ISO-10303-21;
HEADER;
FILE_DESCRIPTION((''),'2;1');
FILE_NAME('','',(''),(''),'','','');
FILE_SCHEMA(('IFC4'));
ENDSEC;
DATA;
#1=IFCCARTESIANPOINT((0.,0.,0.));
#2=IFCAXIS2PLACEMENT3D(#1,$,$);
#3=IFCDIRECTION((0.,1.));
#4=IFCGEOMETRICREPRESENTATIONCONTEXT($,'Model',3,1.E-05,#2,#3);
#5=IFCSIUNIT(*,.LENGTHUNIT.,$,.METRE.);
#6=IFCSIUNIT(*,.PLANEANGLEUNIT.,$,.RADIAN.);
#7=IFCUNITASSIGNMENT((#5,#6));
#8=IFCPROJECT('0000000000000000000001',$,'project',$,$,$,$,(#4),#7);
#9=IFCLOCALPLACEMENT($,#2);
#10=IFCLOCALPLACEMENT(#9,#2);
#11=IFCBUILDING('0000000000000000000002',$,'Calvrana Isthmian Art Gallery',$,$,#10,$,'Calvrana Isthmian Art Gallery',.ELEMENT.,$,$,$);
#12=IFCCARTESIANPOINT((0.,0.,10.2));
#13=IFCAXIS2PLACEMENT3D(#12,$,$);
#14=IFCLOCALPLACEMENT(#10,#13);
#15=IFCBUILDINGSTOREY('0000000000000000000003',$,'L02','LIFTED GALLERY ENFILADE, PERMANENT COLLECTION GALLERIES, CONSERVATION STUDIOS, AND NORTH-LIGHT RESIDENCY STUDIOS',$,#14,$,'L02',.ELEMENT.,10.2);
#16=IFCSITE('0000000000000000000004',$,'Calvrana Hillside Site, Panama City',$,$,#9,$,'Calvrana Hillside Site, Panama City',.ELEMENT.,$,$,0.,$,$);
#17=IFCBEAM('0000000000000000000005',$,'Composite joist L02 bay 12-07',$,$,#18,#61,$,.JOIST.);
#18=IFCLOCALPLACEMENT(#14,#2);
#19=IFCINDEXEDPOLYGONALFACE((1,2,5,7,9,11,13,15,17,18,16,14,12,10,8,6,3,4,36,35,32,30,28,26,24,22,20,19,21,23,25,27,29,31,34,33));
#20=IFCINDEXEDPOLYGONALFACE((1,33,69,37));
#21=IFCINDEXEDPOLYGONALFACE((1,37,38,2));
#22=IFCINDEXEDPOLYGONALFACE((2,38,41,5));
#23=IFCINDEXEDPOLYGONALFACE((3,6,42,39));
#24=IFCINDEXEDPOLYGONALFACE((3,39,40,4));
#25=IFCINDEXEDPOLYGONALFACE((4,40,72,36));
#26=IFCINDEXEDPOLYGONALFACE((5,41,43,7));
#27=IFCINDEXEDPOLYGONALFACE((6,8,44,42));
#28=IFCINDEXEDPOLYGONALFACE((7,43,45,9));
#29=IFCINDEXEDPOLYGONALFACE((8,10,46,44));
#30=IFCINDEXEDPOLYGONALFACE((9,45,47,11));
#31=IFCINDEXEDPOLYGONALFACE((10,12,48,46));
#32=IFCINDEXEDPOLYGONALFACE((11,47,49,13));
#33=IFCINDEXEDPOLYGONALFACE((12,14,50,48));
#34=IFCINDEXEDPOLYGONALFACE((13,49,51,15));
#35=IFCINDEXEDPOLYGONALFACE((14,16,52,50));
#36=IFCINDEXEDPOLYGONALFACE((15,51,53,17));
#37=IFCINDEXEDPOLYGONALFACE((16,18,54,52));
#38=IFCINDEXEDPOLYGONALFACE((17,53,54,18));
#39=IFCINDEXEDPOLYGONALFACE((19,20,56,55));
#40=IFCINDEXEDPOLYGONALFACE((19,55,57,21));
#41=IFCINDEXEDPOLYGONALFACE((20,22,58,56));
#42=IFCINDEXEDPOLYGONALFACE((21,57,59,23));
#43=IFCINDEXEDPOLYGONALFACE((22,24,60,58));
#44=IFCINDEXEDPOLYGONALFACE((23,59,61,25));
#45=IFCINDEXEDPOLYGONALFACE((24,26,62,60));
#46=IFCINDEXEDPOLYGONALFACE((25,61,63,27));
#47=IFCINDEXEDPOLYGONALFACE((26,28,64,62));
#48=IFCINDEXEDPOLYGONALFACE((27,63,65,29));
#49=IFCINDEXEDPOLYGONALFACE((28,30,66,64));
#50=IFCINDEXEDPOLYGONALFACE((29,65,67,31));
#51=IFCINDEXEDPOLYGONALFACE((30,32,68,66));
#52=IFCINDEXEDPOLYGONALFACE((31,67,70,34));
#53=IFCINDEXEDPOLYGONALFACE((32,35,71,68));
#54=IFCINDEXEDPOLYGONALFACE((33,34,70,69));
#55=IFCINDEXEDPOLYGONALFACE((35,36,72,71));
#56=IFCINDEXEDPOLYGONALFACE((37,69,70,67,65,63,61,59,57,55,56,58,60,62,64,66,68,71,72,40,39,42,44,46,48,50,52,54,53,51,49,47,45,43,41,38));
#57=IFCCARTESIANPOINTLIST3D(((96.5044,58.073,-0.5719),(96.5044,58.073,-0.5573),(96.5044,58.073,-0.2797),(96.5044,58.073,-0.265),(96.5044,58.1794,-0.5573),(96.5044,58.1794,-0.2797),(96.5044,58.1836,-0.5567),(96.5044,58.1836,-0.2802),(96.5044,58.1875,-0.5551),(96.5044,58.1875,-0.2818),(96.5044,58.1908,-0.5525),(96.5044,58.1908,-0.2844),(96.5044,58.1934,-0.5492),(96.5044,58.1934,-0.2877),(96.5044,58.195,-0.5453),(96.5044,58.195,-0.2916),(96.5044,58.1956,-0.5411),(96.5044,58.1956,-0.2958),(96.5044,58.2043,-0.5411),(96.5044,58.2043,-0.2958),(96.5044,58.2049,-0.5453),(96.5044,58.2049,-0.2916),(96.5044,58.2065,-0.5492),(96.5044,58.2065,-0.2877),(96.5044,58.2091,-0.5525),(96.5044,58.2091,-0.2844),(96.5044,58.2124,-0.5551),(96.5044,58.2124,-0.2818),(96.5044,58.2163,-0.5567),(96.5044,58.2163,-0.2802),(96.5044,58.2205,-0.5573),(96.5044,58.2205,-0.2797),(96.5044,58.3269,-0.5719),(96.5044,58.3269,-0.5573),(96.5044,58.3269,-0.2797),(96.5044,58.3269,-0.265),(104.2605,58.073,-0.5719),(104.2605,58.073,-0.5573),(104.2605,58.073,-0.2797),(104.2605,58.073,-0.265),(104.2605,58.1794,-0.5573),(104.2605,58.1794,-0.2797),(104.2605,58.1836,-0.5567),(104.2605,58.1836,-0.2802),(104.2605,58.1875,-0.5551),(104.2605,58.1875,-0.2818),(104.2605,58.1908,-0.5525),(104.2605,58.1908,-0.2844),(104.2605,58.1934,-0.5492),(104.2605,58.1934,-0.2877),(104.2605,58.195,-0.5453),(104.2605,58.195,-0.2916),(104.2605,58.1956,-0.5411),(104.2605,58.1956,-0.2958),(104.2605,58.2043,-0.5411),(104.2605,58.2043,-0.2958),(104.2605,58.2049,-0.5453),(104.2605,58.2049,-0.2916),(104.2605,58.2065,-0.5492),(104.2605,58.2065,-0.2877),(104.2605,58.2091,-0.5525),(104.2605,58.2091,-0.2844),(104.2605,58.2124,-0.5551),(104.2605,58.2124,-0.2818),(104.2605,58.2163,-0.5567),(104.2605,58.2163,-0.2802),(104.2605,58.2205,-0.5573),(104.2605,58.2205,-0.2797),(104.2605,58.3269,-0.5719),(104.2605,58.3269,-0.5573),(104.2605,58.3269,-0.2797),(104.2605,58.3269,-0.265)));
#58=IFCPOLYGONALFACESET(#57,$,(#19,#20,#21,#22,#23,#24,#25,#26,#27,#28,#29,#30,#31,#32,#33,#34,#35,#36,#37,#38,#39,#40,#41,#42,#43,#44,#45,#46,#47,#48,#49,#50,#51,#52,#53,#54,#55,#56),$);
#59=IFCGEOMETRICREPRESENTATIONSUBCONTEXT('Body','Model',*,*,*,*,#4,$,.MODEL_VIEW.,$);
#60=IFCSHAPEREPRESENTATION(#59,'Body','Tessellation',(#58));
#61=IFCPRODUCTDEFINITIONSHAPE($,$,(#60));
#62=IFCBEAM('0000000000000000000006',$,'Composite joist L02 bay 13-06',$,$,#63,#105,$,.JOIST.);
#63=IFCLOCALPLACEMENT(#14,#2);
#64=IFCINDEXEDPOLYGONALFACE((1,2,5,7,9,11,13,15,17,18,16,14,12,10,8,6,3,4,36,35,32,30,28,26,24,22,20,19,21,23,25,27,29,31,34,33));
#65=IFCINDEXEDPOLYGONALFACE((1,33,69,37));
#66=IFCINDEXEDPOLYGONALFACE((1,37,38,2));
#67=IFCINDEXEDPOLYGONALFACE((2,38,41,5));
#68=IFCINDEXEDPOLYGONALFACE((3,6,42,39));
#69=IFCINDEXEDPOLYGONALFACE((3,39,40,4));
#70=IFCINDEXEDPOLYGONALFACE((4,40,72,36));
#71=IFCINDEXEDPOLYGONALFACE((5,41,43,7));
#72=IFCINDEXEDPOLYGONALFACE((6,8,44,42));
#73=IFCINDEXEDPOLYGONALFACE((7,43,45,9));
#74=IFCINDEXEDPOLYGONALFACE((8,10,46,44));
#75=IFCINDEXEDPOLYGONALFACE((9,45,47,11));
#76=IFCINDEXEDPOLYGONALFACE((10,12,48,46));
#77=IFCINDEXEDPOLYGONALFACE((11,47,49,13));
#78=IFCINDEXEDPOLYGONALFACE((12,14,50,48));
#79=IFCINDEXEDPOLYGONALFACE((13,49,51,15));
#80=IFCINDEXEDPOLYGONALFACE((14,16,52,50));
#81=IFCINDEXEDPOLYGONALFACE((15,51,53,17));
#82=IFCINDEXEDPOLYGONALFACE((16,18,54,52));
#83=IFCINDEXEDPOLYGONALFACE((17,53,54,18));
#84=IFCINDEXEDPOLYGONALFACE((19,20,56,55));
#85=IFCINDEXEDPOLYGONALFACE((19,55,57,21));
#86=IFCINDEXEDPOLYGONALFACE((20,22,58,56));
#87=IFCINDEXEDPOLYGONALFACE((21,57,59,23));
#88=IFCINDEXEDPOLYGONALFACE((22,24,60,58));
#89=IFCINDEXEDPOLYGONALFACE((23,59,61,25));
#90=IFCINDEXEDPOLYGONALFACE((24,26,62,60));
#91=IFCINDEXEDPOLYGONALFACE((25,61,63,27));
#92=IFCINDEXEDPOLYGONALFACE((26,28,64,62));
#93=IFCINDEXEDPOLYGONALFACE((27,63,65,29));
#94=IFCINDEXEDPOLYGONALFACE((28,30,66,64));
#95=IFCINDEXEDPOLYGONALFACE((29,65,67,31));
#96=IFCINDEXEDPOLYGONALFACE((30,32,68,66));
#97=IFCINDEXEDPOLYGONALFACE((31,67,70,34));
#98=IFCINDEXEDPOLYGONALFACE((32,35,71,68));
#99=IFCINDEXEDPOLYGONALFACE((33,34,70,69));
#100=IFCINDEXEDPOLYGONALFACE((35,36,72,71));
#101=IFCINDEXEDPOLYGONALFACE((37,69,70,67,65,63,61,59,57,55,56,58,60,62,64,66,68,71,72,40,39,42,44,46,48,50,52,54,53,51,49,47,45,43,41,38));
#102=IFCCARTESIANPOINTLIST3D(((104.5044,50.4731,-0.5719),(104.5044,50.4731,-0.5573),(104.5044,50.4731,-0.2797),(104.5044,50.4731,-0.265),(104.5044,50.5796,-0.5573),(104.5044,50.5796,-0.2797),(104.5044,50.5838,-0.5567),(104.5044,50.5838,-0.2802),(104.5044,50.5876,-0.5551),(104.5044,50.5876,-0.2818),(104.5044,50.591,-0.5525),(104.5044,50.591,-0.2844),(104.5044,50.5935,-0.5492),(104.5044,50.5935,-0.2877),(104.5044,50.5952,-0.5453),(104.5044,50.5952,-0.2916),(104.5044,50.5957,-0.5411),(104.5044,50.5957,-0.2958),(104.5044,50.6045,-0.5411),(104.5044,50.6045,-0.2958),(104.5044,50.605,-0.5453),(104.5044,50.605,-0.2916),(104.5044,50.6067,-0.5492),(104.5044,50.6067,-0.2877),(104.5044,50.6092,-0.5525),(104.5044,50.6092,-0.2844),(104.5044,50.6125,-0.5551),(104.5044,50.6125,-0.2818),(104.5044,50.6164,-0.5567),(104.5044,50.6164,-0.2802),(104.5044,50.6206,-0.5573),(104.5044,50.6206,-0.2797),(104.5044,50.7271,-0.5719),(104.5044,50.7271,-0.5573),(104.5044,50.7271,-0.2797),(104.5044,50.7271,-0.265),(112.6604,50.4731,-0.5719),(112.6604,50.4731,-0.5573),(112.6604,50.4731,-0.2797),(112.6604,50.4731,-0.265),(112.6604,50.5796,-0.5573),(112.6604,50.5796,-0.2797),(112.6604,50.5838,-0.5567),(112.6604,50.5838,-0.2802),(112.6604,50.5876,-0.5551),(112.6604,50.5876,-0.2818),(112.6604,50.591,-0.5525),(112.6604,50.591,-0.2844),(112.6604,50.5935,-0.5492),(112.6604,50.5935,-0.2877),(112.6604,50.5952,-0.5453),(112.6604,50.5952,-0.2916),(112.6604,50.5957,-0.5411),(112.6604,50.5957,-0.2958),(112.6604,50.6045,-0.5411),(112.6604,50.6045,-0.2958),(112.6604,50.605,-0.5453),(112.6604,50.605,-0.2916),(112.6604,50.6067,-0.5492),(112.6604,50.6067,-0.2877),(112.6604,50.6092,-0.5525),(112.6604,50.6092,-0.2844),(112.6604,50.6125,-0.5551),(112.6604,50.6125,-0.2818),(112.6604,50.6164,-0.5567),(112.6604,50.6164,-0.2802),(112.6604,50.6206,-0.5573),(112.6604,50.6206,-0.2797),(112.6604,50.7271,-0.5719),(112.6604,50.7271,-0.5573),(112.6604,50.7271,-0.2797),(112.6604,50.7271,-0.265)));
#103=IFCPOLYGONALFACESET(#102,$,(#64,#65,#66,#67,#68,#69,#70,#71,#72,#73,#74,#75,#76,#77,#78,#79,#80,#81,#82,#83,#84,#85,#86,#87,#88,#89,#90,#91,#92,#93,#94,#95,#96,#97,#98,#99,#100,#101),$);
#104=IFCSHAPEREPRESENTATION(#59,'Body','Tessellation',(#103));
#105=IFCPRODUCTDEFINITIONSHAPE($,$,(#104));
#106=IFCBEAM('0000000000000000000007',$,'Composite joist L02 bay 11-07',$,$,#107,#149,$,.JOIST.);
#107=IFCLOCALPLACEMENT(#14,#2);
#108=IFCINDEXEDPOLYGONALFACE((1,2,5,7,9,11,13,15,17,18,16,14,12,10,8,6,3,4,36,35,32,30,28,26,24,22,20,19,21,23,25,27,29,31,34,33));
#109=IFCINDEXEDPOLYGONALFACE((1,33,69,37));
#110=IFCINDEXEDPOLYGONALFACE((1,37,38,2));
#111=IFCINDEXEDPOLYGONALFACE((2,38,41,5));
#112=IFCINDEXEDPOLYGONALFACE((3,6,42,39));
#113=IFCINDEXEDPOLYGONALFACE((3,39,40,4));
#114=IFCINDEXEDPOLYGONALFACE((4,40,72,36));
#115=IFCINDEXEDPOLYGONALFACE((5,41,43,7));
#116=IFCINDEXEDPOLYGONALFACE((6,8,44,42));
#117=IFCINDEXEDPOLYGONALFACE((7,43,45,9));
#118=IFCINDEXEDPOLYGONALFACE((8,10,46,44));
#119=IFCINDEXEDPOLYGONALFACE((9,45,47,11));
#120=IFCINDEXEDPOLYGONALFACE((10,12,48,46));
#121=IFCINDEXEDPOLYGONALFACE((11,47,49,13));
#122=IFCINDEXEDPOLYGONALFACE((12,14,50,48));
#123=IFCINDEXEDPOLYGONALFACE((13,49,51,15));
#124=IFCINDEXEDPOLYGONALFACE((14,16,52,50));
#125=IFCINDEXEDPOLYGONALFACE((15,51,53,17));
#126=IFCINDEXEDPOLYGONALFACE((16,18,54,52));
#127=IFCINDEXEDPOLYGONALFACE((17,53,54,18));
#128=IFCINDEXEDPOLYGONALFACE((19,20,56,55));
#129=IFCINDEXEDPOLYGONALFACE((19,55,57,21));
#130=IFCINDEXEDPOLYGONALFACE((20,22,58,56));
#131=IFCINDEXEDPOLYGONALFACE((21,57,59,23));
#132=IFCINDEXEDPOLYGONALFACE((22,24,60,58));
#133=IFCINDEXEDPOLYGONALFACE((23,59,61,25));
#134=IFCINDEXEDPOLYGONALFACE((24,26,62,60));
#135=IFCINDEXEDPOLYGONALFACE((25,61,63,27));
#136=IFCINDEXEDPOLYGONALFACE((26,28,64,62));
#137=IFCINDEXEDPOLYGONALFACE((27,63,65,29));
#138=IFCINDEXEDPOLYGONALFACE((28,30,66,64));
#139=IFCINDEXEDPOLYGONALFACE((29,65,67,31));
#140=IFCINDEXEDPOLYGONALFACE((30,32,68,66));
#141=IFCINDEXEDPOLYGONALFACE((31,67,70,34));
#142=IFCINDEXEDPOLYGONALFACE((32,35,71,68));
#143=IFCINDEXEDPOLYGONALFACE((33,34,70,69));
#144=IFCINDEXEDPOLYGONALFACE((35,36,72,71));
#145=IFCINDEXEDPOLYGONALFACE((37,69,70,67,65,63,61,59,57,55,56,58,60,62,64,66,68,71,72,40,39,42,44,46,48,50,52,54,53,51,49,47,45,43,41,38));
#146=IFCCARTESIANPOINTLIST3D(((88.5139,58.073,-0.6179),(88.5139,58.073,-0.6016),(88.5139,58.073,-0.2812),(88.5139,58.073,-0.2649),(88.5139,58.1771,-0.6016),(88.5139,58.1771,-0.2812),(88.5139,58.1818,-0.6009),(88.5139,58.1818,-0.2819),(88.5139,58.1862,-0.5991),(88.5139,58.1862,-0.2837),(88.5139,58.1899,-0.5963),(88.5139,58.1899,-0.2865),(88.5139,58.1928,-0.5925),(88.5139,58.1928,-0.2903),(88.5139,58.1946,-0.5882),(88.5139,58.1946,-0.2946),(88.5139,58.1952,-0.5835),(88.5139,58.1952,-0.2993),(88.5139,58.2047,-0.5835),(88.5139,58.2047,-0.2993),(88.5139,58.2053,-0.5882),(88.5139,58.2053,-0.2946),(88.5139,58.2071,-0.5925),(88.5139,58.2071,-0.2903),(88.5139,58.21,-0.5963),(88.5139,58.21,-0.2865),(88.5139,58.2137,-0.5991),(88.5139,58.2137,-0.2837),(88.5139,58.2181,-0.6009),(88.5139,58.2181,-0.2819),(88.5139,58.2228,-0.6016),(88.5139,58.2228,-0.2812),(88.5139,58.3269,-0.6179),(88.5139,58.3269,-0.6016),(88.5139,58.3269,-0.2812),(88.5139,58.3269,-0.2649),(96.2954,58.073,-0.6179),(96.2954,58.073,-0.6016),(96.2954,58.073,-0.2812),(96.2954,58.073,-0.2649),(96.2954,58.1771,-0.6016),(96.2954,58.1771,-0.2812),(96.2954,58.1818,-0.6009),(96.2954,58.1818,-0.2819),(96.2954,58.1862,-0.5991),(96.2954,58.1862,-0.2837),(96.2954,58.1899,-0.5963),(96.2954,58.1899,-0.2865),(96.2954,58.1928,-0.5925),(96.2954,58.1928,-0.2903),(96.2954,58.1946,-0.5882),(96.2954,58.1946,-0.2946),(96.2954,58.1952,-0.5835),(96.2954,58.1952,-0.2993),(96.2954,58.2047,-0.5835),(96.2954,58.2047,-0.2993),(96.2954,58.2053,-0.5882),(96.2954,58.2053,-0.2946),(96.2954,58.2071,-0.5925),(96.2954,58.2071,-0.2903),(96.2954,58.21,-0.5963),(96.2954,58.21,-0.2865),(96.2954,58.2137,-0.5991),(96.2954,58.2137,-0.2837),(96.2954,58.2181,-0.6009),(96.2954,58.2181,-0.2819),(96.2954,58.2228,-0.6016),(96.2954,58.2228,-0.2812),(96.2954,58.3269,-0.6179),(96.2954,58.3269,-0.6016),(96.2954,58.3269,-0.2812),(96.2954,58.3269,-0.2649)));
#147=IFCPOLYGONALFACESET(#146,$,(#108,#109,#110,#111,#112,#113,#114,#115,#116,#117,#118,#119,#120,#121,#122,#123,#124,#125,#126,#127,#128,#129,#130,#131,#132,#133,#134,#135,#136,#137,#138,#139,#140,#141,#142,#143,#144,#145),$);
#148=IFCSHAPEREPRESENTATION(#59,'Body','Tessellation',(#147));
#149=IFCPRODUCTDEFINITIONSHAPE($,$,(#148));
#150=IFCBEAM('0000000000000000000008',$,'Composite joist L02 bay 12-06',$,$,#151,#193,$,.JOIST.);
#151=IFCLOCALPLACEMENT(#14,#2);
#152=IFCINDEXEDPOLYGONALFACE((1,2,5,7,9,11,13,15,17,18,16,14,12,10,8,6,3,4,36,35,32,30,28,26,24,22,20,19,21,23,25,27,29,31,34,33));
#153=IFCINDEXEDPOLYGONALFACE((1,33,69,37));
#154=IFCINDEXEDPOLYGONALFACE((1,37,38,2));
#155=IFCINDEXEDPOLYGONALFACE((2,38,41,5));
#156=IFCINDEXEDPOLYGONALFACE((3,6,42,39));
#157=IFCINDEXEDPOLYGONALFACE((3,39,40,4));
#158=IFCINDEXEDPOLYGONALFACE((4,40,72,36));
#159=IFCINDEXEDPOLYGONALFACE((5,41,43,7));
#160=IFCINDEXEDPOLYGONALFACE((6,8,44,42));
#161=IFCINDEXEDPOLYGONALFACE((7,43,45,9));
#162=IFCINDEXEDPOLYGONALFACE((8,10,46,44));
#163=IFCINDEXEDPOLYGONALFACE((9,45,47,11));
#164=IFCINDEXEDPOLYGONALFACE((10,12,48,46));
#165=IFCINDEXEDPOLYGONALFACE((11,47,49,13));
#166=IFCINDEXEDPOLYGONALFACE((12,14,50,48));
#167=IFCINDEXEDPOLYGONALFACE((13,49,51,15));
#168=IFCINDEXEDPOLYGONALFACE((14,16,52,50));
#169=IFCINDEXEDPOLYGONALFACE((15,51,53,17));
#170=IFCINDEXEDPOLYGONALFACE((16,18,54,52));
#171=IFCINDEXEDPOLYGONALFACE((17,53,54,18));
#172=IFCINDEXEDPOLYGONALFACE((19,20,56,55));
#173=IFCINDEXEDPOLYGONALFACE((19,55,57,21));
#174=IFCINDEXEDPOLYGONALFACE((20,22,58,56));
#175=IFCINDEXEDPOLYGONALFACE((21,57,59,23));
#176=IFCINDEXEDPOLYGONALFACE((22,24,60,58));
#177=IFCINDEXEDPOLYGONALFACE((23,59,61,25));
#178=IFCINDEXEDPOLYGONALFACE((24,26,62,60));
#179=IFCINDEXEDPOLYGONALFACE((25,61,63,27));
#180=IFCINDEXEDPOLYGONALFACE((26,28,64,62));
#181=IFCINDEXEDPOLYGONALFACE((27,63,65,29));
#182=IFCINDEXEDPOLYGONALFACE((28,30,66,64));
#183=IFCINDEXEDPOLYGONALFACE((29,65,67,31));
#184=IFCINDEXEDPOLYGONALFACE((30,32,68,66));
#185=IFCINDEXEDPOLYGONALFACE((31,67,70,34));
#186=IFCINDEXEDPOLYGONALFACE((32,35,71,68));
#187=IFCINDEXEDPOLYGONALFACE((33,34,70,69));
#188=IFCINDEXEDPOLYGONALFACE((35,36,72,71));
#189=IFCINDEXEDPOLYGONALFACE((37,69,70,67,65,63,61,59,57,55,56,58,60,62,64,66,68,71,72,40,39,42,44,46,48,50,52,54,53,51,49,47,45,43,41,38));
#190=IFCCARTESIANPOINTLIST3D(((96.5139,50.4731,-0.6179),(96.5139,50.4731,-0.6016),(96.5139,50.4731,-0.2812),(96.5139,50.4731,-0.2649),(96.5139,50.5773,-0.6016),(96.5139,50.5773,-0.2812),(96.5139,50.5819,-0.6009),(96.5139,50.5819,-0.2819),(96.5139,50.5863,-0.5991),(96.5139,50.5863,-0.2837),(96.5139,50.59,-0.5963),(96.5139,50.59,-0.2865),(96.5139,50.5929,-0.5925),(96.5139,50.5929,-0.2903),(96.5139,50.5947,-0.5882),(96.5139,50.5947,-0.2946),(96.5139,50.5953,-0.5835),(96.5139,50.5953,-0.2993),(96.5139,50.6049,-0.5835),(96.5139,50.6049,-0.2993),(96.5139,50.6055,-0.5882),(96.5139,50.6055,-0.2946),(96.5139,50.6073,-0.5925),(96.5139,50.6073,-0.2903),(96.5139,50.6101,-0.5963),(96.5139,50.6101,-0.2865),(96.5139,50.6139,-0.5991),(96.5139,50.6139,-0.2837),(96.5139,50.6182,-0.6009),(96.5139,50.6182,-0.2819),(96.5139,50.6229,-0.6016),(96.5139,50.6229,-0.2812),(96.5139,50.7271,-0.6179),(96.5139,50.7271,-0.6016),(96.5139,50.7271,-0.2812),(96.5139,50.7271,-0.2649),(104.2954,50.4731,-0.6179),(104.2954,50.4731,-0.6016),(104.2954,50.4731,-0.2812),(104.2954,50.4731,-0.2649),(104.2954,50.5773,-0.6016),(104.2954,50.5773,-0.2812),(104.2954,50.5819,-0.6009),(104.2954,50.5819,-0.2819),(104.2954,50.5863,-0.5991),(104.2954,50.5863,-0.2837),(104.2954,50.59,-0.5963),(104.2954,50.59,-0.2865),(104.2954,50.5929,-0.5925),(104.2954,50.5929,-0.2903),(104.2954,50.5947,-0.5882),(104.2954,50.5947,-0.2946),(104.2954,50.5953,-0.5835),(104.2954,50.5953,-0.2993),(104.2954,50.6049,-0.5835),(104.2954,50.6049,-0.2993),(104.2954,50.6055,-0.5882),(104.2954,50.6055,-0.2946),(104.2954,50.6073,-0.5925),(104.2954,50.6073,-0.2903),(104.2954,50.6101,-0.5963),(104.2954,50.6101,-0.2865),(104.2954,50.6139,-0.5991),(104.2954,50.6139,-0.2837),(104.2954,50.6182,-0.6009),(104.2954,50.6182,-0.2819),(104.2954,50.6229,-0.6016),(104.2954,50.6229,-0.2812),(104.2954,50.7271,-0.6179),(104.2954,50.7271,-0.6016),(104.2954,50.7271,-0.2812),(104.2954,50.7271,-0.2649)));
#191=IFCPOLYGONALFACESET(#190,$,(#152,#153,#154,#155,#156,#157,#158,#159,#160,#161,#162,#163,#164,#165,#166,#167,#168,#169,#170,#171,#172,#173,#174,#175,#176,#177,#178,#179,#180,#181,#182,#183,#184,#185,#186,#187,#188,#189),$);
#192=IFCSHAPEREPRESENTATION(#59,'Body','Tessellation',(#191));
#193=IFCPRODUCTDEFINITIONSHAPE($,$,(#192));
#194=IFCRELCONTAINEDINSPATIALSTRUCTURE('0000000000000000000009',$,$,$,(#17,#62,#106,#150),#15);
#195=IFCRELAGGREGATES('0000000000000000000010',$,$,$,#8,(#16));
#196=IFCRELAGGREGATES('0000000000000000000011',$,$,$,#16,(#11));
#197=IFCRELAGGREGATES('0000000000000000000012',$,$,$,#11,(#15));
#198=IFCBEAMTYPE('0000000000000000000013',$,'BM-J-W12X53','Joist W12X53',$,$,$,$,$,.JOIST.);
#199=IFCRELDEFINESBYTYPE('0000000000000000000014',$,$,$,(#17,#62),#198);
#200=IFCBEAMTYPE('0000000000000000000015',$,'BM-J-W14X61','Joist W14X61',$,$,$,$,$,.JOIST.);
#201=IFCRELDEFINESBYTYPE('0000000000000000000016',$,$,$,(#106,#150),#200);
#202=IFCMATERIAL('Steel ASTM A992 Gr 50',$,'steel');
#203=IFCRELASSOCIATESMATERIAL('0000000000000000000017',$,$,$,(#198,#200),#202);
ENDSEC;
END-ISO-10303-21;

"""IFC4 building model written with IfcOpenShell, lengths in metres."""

from ifc_helpers import new_model, si_unit, direction, frame, origin, origin_2d, place, context, subcontext, project, spatial, i_section, extrude, material, material_profile, profile_set, type_object, element, save


model = new_model("IFC4")

# Units and contexts
model_context = context("Model", 3, precision=1e-05, world=origin(), true_north=direction((0.0, 1.0)))
body_context = subcontext(model_context, "Body", "Model", "MODEL_VIEW")
ifc_project = project(units=[si_unit("LENGTHUNIT", "METRE"), si_unit("PLANEANGLEUNIT", "RADIAN")], contexts=[model_context])

# Site, building, storey
site_placement = place(None, origin())
site = spatial("IfcSite", under=ifc_project, at=site_placement, Name="Calvrana Hillside Site, Panama City", LongName="Calvrana Hillside Site, Panama City", CompositionType="ELEMENT", RefElevation=0.0)
building_placement = place(site_placement, origin())
building = spatial("IfcBuilding", under=site, at=building_placement, Name="Calvrana Isthmian Art Gallery", LongName="Calvrana Isthmian Art Gallery", CompositionType="ELEMENT")
storey_placement = place(building_placement, frame((0.0, 0.0, 10.2)))
storey = spatial("IfcBuildingStorey", under=building, at=storey_placement, Name="L02", Description="LIFTED GALLERY ENFILADE, PERMANENT COLLECTION GALLERIES, CONSERVATION STUDIOS, AND NORTH-LIGHT RESIDENCY STUDIOS", LongName="L02", CompositionType="ELEMENT", Elevation=10.2)

# Shared definitions
ifc_material_1 = material(Name="Steel ASTM A992 Gr 50", Category="steel")

# Beams
ifc_material_profile_1 = material_profile(ifc_material_1, i_section(OverallWidth=0.2539, OverallDepth=0.3069, WebThickness=0.0088, FlangeThickness=0.0146, FilletRadius=0.0161, at=origin_2d()), Name="W12X53")
ifc_profile_set_1 = profile_set([ifc_material_profile_1], Name="Steel ASTM A992 Gr 50")
beam_type_1 = type_object("IfcBeamType", Name="BM-J-W12X53", Description="Joist W12X53", PredefinedType="JOIST", material=ifc_profile_set_1)
beam_1_placement = place(storey_placement, frame((96.5044, 58.2, -0.4185), z_axis=(1.0, 0.0, 0.0), x_axis=(0.0, 1.0, 0.0)))
element("IfcBeam", 1, at=beam_1_placement, inside=storey, type_object=beam_type_1, Name="Composite joist L02 bay 12-07", PredefinedType="JOIST", context=body_context, shape_type="SweptSolid", body=[
    extrude(i_section(OverallWidth=0.2539, OverallDepth=0.3069, WebThickness=0.0088, FlangeThickness=0.0146, FilletRadius=0.0161, at=origin_2d()), origin(), (0.0, 0.0, 1.0), 7.7561),
])
beam_2_placement = place(storey_placement, frame((104.5044, 50.6001, -0.4185), z_axis=(1.0, 0.0, 0.0), x_axis=(0.0, 1.0, 0.0)))
element("IfcBeam", 2, at=beam_2_placement, inside=storey, type_object=beam_type_1, Name="Composite joist L02 bay 13-06", PredefinedType="JOIST", context=body_context, shape_type="SweptSolid", body=[
    extrude(i_section(OverallWidth=0.2539, OverallDepth=0.3069, WebThickness=0.0088, FlangeThickness=0.0146, FilletRadius=0.0161, at=origin_2d()), origin(), (0.0, 0.0, 1.0), 8.156),
])
ifc_material_profile_2 = material_profile(ifc_material_1, i_section(OverallWidth=0.2539, OverallDepth=0.353, WebThickness=0.0095, FlangeThickness=0.0164, FilletRadius=0.0181, at=origin_2d()), Name="W14X61")
ifc_profile_set_2 = profile_set([ifc_material_profile_2], Name="Steel ASTM A992 Gr 50")
beam_type_2 = type_object("IfcBeamType", Name="BM-J-W14X61", Description="Joist W14X61", PredefinedType="JOIST", material=ifc_profile_set_2)
for number, where, z_axis, x_axis, name in (
    (3, (88.5139, 58.2, -0.4414), (1.0, 0.0, 0.0), (0.0, 1.0, 0.0), "Composite joist L02 bay 11-07"),
    (4, (96.5139, 50.6001, -0.4414), (1.0, 0.0, 0.0), (0.0, 1.0, 0.0), "Composite joist L02 bay 12-06"),
):
    element("IfcBeam", number, at=place(storey_placement, frame(where, z_axis=z_axis, x_axis=x_axis)), inside=storey, type_object=beam_type_2, Name=name, PredefinedType="JOIST", context=body_context, shape_type="SweptSolid", body=[
        extrude(i_section(OverallWidth=0.2539, OverallDepth=0.353, WebThickness=0.0095, FlangeThickness=0.0164, FilletRadius=0.0181, at=origin_2d()), origin(), (0.0, 0.0, 1.0), 7.7815),
    ])

save(model, "model.ifc")
